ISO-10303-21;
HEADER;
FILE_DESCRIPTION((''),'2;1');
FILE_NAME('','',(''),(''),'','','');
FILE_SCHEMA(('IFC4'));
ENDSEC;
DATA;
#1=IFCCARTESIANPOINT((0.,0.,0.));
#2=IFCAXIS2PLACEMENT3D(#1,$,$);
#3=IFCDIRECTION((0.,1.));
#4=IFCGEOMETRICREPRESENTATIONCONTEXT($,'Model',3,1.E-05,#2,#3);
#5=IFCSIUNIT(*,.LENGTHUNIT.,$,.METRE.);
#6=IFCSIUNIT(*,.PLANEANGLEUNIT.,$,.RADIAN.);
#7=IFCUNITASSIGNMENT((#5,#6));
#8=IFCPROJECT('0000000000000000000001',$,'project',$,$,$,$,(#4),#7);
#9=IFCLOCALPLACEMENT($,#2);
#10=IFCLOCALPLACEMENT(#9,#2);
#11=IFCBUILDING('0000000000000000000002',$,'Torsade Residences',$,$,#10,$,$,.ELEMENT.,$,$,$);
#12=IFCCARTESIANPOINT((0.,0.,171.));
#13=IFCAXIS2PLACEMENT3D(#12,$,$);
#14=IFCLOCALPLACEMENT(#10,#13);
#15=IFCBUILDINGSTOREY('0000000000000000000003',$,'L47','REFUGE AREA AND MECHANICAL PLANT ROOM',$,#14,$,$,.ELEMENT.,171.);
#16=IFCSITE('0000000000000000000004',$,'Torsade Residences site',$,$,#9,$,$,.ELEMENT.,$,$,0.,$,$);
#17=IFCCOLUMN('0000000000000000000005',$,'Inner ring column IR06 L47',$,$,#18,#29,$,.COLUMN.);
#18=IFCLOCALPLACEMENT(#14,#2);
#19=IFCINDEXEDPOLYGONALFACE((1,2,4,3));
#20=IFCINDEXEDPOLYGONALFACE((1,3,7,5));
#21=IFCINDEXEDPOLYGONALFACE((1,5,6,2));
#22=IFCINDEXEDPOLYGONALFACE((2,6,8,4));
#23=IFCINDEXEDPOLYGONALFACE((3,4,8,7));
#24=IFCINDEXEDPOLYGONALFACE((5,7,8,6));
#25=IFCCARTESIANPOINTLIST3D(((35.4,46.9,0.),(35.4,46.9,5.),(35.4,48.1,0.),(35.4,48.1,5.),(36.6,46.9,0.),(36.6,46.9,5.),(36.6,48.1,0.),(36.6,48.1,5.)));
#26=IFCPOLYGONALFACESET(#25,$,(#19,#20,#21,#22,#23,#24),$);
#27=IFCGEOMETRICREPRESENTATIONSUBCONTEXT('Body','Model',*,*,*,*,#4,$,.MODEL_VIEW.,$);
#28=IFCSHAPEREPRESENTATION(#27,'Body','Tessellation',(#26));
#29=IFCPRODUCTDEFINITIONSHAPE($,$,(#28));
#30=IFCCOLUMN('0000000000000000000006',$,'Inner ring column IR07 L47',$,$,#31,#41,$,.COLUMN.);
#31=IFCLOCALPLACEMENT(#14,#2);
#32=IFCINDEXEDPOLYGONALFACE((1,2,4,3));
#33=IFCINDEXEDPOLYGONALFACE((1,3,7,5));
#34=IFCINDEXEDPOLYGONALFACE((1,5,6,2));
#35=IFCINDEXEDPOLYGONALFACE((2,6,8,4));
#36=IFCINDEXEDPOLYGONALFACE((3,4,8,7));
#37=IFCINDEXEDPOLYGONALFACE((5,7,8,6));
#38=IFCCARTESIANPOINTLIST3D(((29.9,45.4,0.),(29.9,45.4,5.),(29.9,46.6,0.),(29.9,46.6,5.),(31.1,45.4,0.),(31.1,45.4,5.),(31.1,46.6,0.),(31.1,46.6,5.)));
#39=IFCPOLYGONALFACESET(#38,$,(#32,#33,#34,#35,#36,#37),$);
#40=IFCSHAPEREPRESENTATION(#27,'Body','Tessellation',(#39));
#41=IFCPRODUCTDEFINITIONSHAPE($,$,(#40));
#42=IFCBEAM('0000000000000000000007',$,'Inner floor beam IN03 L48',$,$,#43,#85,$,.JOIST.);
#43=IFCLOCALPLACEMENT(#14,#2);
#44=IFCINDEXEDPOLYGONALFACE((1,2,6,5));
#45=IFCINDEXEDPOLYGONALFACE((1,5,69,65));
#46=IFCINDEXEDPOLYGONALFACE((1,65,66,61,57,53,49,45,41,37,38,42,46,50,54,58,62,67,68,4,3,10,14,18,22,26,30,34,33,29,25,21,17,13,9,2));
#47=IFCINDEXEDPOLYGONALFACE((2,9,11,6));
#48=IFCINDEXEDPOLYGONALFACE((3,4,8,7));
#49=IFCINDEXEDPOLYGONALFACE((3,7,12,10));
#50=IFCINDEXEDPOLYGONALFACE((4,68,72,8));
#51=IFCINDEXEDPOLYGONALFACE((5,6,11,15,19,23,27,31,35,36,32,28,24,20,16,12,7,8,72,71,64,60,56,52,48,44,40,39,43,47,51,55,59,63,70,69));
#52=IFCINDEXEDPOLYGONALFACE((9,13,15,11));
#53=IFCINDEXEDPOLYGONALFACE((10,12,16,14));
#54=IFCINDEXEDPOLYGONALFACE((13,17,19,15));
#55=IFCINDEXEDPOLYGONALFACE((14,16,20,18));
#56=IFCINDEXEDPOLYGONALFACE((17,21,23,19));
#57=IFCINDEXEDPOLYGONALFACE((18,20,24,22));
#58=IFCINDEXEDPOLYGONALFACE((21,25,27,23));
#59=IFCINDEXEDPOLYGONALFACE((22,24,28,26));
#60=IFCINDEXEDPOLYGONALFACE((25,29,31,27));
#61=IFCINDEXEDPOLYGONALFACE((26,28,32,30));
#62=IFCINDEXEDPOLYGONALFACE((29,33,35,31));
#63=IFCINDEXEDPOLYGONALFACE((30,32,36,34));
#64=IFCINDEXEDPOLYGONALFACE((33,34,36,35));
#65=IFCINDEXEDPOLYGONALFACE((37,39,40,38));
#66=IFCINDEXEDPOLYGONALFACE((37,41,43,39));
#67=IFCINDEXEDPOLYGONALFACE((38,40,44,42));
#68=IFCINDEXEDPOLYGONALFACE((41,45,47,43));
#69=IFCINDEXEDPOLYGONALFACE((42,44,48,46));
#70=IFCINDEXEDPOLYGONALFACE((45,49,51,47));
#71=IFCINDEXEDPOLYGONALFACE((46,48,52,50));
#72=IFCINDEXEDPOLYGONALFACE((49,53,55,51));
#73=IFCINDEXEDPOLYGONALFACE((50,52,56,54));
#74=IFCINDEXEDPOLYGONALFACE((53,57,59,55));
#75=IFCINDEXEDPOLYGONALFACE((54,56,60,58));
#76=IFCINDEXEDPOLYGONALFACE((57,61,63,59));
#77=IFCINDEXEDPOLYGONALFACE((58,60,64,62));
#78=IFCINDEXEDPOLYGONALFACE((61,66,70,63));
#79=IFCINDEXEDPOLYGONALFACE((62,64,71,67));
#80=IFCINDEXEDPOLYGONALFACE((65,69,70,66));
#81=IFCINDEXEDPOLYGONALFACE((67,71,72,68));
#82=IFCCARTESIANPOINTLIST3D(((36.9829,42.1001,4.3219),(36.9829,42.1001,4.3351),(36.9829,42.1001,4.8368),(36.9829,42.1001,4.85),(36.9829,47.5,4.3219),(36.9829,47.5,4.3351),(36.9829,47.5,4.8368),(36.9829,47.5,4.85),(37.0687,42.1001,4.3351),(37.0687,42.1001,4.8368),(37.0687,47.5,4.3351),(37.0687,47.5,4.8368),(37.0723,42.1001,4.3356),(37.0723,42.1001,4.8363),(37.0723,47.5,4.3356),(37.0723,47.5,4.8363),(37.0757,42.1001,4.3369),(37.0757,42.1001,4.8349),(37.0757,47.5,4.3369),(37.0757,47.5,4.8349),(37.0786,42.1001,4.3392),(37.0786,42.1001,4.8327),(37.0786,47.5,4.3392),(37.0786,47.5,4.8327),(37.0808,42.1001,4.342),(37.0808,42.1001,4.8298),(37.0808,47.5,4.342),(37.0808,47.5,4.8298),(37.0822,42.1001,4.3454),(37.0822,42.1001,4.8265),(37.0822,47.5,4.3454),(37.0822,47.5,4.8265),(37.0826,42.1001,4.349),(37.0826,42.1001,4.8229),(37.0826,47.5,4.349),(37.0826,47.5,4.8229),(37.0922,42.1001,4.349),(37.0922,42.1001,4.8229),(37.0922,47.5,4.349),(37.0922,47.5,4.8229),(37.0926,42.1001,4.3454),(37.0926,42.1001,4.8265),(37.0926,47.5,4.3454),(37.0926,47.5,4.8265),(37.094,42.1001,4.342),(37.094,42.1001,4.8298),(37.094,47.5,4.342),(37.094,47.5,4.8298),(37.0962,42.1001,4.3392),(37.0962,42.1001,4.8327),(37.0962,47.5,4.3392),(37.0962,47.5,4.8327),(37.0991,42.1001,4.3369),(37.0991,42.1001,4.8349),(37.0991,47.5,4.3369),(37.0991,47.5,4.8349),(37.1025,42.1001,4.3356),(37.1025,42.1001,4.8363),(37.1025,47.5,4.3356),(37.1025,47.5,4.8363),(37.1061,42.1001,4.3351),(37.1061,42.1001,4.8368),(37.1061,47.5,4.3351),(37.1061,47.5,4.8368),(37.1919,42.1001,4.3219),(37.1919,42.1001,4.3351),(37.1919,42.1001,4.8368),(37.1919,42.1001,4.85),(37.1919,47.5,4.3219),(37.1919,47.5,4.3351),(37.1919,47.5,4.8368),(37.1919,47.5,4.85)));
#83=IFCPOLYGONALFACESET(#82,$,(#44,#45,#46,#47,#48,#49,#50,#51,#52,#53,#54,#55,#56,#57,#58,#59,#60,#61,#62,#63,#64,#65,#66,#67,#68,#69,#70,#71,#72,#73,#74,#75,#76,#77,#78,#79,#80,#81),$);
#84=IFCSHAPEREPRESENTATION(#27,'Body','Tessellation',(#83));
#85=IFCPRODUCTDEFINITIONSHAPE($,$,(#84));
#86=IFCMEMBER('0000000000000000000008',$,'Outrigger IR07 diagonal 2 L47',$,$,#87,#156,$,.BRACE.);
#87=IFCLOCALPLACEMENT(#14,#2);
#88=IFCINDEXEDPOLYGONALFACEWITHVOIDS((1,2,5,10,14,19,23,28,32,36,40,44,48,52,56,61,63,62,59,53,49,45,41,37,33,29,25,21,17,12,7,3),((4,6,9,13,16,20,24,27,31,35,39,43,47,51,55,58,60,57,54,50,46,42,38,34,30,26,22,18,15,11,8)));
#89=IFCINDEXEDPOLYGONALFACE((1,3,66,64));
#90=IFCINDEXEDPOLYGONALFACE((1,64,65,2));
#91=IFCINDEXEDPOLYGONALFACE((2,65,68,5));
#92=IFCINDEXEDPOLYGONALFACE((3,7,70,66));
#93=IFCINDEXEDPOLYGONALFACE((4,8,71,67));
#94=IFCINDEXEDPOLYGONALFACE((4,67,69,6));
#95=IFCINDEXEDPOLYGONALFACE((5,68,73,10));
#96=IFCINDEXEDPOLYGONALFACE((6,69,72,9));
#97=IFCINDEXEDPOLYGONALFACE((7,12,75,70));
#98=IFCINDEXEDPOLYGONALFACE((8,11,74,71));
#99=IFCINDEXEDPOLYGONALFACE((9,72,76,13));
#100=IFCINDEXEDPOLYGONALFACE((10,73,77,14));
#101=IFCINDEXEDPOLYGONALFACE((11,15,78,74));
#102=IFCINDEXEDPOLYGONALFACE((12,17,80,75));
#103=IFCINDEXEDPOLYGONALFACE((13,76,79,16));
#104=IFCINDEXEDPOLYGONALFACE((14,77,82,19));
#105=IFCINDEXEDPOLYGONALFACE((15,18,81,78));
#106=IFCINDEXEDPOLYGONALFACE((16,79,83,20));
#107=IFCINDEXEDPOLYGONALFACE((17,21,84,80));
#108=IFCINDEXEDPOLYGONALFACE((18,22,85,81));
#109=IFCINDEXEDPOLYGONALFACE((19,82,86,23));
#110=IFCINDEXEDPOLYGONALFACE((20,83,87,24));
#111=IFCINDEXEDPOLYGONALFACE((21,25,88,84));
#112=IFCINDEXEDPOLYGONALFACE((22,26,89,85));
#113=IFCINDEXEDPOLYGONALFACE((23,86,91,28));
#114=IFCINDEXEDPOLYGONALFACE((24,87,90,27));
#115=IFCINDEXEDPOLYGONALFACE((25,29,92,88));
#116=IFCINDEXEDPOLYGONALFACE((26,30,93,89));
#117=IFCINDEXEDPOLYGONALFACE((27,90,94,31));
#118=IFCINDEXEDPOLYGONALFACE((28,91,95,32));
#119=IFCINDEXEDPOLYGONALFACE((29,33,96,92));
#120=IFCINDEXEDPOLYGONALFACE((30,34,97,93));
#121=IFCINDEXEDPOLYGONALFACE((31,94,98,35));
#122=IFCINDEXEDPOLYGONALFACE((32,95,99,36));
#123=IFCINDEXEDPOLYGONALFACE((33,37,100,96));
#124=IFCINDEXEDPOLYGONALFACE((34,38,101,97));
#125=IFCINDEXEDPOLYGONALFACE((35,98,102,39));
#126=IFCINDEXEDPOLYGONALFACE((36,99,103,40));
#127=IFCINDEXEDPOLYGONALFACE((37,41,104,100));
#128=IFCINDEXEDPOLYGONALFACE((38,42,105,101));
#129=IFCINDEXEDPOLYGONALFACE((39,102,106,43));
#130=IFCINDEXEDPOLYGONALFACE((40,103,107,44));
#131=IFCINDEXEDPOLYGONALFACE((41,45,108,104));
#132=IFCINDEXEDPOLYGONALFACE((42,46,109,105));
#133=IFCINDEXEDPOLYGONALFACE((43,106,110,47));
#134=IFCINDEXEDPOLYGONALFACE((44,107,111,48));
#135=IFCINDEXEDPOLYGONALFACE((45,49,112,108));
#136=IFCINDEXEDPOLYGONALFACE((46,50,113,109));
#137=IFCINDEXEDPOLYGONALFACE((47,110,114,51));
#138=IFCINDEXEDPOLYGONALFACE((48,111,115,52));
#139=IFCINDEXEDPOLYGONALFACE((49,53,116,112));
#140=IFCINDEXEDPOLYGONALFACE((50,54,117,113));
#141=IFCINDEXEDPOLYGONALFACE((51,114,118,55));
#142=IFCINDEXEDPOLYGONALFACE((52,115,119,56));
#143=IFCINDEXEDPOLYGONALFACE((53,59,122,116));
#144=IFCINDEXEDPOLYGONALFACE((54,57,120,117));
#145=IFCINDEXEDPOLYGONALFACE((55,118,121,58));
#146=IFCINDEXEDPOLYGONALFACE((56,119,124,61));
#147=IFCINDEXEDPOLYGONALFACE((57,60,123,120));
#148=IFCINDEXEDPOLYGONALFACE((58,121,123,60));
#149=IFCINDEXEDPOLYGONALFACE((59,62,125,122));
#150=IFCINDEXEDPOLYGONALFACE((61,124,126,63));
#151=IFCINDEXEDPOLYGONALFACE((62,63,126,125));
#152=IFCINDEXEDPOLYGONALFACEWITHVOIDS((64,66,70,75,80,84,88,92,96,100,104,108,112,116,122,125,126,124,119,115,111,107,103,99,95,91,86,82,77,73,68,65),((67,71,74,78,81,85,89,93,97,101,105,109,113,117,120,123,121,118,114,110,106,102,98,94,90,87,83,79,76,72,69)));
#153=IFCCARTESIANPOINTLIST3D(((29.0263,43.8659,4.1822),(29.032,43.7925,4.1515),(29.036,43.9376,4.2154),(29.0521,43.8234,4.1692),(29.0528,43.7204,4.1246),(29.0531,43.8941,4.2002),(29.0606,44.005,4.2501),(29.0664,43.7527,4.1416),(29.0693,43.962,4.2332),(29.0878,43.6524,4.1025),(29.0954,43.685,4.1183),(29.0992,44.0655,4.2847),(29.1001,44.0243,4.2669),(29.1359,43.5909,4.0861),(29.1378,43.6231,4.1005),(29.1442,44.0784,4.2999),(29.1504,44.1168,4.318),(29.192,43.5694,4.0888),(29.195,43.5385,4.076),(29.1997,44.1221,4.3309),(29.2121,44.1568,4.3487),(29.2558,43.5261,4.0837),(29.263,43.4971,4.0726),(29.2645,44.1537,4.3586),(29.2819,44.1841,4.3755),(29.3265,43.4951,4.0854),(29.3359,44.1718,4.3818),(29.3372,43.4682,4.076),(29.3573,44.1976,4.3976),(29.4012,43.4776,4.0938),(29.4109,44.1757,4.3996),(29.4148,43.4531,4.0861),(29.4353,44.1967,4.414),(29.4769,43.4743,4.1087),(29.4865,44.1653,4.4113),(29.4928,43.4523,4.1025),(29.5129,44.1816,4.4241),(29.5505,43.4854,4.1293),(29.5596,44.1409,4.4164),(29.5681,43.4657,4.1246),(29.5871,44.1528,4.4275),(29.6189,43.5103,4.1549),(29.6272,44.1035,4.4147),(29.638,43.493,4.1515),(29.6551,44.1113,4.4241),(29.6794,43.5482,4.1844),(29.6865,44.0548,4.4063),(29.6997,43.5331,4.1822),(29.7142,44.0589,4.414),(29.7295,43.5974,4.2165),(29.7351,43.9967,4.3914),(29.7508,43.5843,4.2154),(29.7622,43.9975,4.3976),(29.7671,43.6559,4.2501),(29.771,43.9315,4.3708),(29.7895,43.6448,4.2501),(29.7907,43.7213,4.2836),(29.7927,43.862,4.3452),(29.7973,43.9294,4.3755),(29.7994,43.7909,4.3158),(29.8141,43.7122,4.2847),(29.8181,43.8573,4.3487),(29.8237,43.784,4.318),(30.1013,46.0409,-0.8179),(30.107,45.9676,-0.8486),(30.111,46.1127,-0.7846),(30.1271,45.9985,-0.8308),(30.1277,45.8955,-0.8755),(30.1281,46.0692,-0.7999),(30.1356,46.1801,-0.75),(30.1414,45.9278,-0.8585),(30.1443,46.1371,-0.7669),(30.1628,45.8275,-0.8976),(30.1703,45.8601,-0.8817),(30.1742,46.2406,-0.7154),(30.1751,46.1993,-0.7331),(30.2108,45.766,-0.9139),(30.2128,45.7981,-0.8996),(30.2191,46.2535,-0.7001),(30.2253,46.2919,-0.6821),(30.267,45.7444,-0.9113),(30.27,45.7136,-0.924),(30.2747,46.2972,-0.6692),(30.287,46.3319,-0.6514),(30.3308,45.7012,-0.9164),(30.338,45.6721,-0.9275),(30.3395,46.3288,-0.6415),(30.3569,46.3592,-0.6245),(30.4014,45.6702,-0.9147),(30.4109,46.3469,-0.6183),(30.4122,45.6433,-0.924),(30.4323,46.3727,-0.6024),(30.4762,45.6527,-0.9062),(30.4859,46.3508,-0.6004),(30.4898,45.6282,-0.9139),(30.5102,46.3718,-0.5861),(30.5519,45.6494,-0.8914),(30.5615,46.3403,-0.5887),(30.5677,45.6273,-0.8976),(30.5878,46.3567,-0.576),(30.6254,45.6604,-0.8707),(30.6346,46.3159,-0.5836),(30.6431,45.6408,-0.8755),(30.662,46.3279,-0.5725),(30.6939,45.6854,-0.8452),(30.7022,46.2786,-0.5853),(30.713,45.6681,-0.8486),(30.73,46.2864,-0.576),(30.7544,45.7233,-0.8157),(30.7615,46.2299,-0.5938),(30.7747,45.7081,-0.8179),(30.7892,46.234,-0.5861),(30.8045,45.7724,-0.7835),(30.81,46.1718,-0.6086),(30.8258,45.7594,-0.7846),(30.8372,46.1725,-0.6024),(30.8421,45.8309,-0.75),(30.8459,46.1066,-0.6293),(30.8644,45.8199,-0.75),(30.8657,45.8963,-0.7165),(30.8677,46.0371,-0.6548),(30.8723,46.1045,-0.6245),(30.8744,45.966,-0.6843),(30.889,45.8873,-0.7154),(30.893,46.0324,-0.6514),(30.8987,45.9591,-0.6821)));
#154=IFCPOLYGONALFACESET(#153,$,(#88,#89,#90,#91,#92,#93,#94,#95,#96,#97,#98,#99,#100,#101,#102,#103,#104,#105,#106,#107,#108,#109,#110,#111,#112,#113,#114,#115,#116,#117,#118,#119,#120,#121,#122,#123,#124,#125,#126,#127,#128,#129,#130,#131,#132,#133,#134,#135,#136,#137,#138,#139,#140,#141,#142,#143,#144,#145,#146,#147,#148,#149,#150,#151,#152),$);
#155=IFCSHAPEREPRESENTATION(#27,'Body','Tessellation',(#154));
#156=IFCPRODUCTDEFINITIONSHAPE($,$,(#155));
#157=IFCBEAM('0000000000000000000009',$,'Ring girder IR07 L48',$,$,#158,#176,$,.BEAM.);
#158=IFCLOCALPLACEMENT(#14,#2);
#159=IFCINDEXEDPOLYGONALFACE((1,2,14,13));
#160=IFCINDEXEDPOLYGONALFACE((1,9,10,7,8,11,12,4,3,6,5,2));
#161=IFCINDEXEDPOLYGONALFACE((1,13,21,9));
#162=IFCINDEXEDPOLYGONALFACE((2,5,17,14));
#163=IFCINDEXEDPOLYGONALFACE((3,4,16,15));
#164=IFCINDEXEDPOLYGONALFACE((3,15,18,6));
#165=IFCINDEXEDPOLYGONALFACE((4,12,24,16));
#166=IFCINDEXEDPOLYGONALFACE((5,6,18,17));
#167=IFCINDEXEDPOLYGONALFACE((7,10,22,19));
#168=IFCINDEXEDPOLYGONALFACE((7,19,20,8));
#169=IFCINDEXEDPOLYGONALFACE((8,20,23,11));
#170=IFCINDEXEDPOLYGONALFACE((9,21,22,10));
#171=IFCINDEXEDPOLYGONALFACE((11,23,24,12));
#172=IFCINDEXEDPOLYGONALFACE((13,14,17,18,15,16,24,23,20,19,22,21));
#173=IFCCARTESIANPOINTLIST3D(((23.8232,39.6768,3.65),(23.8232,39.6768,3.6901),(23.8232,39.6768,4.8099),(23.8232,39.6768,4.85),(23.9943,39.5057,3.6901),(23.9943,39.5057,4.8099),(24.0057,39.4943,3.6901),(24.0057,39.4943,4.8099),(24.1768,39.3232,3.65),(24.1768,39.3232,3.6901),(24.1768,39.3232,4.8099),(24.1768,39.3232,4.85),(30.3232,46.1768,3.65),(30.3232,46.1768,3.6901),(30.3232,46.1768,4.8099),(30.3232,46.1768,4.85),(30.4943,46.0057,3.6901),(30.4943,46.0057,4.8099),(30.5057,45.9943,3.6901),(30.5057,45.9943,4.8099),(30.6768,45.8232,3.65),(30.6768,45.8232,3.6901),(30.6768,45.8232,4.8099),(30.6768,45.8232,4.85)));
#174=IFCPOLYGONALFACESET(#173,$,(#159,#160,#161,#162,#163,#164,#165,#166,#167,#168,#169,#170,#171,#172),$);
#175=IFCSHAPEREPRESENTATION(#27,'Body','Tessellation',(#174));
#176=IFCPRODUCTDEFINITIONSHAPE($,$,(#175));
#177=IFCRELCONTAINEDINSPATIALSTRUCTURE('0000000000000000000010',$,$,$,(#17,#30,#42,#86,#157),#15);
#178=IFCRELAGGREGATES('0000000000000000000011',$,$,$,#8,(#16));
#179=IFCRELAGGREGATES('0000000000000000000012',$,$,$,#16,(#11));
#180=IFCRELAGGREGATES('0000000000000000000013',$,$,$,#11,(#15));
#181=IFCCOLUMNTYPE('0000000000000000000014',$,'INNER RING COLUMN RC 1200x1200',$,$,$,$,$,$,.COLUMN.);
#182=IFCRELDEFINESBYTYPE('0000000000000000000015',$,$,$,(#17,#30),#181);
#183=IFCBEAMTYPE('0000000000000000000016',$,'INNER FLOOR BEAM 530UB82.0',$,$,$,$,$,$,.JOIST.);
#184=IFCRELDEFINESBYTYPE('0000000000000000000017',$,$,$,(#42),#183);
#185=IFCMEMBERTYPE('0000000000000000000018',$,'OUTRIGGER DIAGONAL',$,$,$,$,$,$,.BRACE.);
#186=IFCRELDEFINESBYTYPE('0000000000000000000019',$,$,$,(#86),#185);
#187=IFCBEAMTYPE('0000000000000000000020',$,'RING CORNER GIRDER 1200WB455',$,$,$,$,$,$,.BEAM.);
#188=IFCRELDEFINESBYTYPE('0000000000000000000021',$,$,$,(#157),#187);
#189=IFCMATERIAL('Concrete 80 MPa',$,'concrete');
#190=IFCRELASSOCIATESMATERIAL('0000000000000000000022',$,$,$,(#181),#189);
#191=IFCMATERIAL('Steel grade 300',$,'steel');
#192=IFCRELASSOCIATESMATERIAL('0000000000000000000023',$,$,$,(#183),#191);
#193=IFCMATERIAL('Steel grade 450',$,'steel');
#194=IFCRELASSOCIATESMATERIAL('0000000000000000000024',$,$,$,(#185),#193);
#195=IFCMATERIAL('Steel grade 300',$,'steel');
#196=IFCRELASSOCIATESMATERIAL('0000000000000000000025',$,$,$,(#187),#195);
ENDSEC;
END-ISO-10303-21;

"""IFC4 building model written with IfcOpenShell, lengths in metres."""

from ifc_helpers import new_model, si_unit, direction, frame, origin, origin_2d, place, context, subcontext, project, spatial, rectangle, hollow_circle, i_section, extrude, material, material_profile, profile_set, type_object, element, save


model = new_model("IFC4")

# Units and contexts
model_context = context("Model", 3, precision=1e-05, world=origin(), true_north=direction((0.0, 1.0)))
body_context = subcontext(model_context, "Body", "Model", "MODEL_VIEW")
ifc_project = project(units=[si_unit("LENGTHUNIT", "METRE"), si_unit("PLANEANGLEUNIT", "RADIAN")], contexts=[model_context])

# Site, building, storey
site_placement = place(None, origin())
site = spatial("IfcSite", under=ifc_project, at=site_placement, Name="Torsade Residences site", CompositionType="ELEMENT", RefElevation=0.0)
building_placement = place(site_placement, origin())
building = spatial("IfcBuilding", under=site, at=building_placement, Name="Torsade Residences", CompositionType="ELEMENT")
storey_placement = place(building_placement, frame((0.0, 0.0, 171.0)))
storey = spatial("IfcBuildingStorey", under=building, at=storey_placement, Name="L47", Description="REFUGE AREA AND MECHANICAL PLANT ROOM", CompositionType="ELEMENT", Elevation=171.0)

# Columns
ifc_material_1 = material(Name="Concrete 80 MPa", Category="concrete")
ifc_material_profile_1 = material_profile(ifc_material_1, rectangle(XDim=1.2, YDim=1.2, at=origin_2d()), Name="RC 1200x1200")
ifc_profile_set_1 = profile_set([ifc_material_profile_1], Name="Concrete 80 MPa")
column_type = type_object("IfcColumnType", Name="INNER RING COLUMN RC 1200x1200", PredefinedType="COLUMN", material=ifc_profile_set_1)
for number, where, z_axis, x_axis, name in (
    (1, (36.0, 47.5, 0.0), (0.0, 0.0, 1.0), (1.0, 0.0, 0.0), "Inner ring column IR06 L47"),
    (2, (30.5, 46.0, 0.0), (0.0, 0.0, 1.0), (1.0, 0.0, 0.0), "Inner ring column IR07 L47"),
):
    element("IfcColumn", number, at=place(storey_placement, frame(where, z_axis=z_axis, x_axis=x_axis)), inside=storey, type_object=column_type, Name=name, PredefinedType="COLUMN", context=body_context, shape_type="SweptSolid", body=[
        extrude(rectangle(XDim=1.2, YDim=1.2, at=origin_2d()), origin(), (0.0, 0.0, 1.0), 5.0),
    ])

# Beam
ifc_material_2 = material(Name="Steel grade 300", Category="steel")
ifc_material_profile_2 = material_profile(ifc_material_2, i_section(OverallWidth=0.209, OverallDepth=0.5281, WebThickness=0.0095, FlangeThickness=0.0132, FilletRadius=0.0139, at=origin_2d()), Name="530UB82.0")
ifc_profile_set_2 = profile_set([ifc_material_profile_2], Name="Steel grade 300")
beam_type_1 = type_object("IfcBeamType", Name="INNER FLOOR BEAM 530UB82.0", PredefinedType="JOIST", material=ifc_profile_set_2)
beam_1_placement = place(storey_placement, frame((37.0874, 42.1001, 4.5859), z_axis=(0.0, 1.0, 0.0), x_axis=(-1.0, 0.0, 0.0)))
element("IfcBeam", 3, at=beam_1_placement, inside=storey, type_object=beam_type_1, Name="Inner floor beam IN03 L48", PredefinedType="JOIST", context=body_context, shape_type="SweptSolid", body=[
    extrude(i_section(OverallWidth=0.209, OverallDepth=0.5281, WebThickness=0.0095, FlangeThickness=0.0132, FilletRadius=0.0139, at=origin_2d()), origin(), (0.0, 0.0, 1.0), 5.3999),
])

# Member
ifc_material_3 = material(Name="Steel grade 450", Category="steel")
ifc_material_profile_3 = material_profile(ifc_material_3, hollow_circle(Radius=0.4065, WallThickness=0.0249, at=origin_2d()), Name="813.0x25.0CHS")
ifc_profile_set_3 = profile_set([ifc_material_profile_3], Name="Steel grade 450")
member_type_1 = type_object("IfcMemberType", Name="OUTRIGGER DIAGONAL", PredefinedType="BRACE", material=ifc_profile_set_3)
member_1_placement = place(storey_placement, frame((30.5, 46.0, -0.75), z_axis=(-0.193422, -0.391368, 0.899677), x_axis=(0.896491, -0.443063, 0.0)))
element("IfcMember", 4, at=member_1_placement, inside=storey, type_object=member_type_1, Name="Outrigger IR07 diagonal 2 L47", PredefinedType="BRACE", context=body_context, shape_type="SweptSolid", body=[
    extrude(hollow_circle(Radius=0.4065, WallThickness=0.0249, at=origin_2d()), origin(), (0.0, 0.0, 1.0), 5.5576),
])

# Beam
ifc_material_4 = material(Name="Steel grade 300", Category="steel")
ifc_material_profile_4 = material_profile(ifc_material_4, i_section(OverallWidth=0.5, OverallDepth=1.2, WebThickness=0.0161, FlangeThickness=0.04, at=origin_2d()), Name="1200WB455")
ifc_profile_set_4 = profile_set([ifc_material_profile_4], Name="Steel grade 300")
beam_type_2 = type_object("IfcBeamType", Name="RING CORNER GIRDER 1200WB455", PredefinedType="BEAM", material=ifc_profile_set_4)
beam_2_placement = place(storey_placement, frame((30.5, 46.0, 4.25), z_axis=(-0.707107, -0.707107, 0.0), x_axis=(0.707107, -0.707107, 0.0)))
element("IfcBeam", 5, at=beam_2_placement, inside=storey, type_object=beam_type_2, Name="Ring girder IR07 L48", PredefinedType="BEAM", context=body_context, shape_type="SweptSolid", body=[
    extrude(i_section(OverallWidth=0.5, OverallDepth=1.2, WebThickness=0.0161, FlangeThickness=0.04, at=origin_2d()), origin(), (0.0, 0.0, 1.0), 9.1924),
])

save(model, "model.ifc")
